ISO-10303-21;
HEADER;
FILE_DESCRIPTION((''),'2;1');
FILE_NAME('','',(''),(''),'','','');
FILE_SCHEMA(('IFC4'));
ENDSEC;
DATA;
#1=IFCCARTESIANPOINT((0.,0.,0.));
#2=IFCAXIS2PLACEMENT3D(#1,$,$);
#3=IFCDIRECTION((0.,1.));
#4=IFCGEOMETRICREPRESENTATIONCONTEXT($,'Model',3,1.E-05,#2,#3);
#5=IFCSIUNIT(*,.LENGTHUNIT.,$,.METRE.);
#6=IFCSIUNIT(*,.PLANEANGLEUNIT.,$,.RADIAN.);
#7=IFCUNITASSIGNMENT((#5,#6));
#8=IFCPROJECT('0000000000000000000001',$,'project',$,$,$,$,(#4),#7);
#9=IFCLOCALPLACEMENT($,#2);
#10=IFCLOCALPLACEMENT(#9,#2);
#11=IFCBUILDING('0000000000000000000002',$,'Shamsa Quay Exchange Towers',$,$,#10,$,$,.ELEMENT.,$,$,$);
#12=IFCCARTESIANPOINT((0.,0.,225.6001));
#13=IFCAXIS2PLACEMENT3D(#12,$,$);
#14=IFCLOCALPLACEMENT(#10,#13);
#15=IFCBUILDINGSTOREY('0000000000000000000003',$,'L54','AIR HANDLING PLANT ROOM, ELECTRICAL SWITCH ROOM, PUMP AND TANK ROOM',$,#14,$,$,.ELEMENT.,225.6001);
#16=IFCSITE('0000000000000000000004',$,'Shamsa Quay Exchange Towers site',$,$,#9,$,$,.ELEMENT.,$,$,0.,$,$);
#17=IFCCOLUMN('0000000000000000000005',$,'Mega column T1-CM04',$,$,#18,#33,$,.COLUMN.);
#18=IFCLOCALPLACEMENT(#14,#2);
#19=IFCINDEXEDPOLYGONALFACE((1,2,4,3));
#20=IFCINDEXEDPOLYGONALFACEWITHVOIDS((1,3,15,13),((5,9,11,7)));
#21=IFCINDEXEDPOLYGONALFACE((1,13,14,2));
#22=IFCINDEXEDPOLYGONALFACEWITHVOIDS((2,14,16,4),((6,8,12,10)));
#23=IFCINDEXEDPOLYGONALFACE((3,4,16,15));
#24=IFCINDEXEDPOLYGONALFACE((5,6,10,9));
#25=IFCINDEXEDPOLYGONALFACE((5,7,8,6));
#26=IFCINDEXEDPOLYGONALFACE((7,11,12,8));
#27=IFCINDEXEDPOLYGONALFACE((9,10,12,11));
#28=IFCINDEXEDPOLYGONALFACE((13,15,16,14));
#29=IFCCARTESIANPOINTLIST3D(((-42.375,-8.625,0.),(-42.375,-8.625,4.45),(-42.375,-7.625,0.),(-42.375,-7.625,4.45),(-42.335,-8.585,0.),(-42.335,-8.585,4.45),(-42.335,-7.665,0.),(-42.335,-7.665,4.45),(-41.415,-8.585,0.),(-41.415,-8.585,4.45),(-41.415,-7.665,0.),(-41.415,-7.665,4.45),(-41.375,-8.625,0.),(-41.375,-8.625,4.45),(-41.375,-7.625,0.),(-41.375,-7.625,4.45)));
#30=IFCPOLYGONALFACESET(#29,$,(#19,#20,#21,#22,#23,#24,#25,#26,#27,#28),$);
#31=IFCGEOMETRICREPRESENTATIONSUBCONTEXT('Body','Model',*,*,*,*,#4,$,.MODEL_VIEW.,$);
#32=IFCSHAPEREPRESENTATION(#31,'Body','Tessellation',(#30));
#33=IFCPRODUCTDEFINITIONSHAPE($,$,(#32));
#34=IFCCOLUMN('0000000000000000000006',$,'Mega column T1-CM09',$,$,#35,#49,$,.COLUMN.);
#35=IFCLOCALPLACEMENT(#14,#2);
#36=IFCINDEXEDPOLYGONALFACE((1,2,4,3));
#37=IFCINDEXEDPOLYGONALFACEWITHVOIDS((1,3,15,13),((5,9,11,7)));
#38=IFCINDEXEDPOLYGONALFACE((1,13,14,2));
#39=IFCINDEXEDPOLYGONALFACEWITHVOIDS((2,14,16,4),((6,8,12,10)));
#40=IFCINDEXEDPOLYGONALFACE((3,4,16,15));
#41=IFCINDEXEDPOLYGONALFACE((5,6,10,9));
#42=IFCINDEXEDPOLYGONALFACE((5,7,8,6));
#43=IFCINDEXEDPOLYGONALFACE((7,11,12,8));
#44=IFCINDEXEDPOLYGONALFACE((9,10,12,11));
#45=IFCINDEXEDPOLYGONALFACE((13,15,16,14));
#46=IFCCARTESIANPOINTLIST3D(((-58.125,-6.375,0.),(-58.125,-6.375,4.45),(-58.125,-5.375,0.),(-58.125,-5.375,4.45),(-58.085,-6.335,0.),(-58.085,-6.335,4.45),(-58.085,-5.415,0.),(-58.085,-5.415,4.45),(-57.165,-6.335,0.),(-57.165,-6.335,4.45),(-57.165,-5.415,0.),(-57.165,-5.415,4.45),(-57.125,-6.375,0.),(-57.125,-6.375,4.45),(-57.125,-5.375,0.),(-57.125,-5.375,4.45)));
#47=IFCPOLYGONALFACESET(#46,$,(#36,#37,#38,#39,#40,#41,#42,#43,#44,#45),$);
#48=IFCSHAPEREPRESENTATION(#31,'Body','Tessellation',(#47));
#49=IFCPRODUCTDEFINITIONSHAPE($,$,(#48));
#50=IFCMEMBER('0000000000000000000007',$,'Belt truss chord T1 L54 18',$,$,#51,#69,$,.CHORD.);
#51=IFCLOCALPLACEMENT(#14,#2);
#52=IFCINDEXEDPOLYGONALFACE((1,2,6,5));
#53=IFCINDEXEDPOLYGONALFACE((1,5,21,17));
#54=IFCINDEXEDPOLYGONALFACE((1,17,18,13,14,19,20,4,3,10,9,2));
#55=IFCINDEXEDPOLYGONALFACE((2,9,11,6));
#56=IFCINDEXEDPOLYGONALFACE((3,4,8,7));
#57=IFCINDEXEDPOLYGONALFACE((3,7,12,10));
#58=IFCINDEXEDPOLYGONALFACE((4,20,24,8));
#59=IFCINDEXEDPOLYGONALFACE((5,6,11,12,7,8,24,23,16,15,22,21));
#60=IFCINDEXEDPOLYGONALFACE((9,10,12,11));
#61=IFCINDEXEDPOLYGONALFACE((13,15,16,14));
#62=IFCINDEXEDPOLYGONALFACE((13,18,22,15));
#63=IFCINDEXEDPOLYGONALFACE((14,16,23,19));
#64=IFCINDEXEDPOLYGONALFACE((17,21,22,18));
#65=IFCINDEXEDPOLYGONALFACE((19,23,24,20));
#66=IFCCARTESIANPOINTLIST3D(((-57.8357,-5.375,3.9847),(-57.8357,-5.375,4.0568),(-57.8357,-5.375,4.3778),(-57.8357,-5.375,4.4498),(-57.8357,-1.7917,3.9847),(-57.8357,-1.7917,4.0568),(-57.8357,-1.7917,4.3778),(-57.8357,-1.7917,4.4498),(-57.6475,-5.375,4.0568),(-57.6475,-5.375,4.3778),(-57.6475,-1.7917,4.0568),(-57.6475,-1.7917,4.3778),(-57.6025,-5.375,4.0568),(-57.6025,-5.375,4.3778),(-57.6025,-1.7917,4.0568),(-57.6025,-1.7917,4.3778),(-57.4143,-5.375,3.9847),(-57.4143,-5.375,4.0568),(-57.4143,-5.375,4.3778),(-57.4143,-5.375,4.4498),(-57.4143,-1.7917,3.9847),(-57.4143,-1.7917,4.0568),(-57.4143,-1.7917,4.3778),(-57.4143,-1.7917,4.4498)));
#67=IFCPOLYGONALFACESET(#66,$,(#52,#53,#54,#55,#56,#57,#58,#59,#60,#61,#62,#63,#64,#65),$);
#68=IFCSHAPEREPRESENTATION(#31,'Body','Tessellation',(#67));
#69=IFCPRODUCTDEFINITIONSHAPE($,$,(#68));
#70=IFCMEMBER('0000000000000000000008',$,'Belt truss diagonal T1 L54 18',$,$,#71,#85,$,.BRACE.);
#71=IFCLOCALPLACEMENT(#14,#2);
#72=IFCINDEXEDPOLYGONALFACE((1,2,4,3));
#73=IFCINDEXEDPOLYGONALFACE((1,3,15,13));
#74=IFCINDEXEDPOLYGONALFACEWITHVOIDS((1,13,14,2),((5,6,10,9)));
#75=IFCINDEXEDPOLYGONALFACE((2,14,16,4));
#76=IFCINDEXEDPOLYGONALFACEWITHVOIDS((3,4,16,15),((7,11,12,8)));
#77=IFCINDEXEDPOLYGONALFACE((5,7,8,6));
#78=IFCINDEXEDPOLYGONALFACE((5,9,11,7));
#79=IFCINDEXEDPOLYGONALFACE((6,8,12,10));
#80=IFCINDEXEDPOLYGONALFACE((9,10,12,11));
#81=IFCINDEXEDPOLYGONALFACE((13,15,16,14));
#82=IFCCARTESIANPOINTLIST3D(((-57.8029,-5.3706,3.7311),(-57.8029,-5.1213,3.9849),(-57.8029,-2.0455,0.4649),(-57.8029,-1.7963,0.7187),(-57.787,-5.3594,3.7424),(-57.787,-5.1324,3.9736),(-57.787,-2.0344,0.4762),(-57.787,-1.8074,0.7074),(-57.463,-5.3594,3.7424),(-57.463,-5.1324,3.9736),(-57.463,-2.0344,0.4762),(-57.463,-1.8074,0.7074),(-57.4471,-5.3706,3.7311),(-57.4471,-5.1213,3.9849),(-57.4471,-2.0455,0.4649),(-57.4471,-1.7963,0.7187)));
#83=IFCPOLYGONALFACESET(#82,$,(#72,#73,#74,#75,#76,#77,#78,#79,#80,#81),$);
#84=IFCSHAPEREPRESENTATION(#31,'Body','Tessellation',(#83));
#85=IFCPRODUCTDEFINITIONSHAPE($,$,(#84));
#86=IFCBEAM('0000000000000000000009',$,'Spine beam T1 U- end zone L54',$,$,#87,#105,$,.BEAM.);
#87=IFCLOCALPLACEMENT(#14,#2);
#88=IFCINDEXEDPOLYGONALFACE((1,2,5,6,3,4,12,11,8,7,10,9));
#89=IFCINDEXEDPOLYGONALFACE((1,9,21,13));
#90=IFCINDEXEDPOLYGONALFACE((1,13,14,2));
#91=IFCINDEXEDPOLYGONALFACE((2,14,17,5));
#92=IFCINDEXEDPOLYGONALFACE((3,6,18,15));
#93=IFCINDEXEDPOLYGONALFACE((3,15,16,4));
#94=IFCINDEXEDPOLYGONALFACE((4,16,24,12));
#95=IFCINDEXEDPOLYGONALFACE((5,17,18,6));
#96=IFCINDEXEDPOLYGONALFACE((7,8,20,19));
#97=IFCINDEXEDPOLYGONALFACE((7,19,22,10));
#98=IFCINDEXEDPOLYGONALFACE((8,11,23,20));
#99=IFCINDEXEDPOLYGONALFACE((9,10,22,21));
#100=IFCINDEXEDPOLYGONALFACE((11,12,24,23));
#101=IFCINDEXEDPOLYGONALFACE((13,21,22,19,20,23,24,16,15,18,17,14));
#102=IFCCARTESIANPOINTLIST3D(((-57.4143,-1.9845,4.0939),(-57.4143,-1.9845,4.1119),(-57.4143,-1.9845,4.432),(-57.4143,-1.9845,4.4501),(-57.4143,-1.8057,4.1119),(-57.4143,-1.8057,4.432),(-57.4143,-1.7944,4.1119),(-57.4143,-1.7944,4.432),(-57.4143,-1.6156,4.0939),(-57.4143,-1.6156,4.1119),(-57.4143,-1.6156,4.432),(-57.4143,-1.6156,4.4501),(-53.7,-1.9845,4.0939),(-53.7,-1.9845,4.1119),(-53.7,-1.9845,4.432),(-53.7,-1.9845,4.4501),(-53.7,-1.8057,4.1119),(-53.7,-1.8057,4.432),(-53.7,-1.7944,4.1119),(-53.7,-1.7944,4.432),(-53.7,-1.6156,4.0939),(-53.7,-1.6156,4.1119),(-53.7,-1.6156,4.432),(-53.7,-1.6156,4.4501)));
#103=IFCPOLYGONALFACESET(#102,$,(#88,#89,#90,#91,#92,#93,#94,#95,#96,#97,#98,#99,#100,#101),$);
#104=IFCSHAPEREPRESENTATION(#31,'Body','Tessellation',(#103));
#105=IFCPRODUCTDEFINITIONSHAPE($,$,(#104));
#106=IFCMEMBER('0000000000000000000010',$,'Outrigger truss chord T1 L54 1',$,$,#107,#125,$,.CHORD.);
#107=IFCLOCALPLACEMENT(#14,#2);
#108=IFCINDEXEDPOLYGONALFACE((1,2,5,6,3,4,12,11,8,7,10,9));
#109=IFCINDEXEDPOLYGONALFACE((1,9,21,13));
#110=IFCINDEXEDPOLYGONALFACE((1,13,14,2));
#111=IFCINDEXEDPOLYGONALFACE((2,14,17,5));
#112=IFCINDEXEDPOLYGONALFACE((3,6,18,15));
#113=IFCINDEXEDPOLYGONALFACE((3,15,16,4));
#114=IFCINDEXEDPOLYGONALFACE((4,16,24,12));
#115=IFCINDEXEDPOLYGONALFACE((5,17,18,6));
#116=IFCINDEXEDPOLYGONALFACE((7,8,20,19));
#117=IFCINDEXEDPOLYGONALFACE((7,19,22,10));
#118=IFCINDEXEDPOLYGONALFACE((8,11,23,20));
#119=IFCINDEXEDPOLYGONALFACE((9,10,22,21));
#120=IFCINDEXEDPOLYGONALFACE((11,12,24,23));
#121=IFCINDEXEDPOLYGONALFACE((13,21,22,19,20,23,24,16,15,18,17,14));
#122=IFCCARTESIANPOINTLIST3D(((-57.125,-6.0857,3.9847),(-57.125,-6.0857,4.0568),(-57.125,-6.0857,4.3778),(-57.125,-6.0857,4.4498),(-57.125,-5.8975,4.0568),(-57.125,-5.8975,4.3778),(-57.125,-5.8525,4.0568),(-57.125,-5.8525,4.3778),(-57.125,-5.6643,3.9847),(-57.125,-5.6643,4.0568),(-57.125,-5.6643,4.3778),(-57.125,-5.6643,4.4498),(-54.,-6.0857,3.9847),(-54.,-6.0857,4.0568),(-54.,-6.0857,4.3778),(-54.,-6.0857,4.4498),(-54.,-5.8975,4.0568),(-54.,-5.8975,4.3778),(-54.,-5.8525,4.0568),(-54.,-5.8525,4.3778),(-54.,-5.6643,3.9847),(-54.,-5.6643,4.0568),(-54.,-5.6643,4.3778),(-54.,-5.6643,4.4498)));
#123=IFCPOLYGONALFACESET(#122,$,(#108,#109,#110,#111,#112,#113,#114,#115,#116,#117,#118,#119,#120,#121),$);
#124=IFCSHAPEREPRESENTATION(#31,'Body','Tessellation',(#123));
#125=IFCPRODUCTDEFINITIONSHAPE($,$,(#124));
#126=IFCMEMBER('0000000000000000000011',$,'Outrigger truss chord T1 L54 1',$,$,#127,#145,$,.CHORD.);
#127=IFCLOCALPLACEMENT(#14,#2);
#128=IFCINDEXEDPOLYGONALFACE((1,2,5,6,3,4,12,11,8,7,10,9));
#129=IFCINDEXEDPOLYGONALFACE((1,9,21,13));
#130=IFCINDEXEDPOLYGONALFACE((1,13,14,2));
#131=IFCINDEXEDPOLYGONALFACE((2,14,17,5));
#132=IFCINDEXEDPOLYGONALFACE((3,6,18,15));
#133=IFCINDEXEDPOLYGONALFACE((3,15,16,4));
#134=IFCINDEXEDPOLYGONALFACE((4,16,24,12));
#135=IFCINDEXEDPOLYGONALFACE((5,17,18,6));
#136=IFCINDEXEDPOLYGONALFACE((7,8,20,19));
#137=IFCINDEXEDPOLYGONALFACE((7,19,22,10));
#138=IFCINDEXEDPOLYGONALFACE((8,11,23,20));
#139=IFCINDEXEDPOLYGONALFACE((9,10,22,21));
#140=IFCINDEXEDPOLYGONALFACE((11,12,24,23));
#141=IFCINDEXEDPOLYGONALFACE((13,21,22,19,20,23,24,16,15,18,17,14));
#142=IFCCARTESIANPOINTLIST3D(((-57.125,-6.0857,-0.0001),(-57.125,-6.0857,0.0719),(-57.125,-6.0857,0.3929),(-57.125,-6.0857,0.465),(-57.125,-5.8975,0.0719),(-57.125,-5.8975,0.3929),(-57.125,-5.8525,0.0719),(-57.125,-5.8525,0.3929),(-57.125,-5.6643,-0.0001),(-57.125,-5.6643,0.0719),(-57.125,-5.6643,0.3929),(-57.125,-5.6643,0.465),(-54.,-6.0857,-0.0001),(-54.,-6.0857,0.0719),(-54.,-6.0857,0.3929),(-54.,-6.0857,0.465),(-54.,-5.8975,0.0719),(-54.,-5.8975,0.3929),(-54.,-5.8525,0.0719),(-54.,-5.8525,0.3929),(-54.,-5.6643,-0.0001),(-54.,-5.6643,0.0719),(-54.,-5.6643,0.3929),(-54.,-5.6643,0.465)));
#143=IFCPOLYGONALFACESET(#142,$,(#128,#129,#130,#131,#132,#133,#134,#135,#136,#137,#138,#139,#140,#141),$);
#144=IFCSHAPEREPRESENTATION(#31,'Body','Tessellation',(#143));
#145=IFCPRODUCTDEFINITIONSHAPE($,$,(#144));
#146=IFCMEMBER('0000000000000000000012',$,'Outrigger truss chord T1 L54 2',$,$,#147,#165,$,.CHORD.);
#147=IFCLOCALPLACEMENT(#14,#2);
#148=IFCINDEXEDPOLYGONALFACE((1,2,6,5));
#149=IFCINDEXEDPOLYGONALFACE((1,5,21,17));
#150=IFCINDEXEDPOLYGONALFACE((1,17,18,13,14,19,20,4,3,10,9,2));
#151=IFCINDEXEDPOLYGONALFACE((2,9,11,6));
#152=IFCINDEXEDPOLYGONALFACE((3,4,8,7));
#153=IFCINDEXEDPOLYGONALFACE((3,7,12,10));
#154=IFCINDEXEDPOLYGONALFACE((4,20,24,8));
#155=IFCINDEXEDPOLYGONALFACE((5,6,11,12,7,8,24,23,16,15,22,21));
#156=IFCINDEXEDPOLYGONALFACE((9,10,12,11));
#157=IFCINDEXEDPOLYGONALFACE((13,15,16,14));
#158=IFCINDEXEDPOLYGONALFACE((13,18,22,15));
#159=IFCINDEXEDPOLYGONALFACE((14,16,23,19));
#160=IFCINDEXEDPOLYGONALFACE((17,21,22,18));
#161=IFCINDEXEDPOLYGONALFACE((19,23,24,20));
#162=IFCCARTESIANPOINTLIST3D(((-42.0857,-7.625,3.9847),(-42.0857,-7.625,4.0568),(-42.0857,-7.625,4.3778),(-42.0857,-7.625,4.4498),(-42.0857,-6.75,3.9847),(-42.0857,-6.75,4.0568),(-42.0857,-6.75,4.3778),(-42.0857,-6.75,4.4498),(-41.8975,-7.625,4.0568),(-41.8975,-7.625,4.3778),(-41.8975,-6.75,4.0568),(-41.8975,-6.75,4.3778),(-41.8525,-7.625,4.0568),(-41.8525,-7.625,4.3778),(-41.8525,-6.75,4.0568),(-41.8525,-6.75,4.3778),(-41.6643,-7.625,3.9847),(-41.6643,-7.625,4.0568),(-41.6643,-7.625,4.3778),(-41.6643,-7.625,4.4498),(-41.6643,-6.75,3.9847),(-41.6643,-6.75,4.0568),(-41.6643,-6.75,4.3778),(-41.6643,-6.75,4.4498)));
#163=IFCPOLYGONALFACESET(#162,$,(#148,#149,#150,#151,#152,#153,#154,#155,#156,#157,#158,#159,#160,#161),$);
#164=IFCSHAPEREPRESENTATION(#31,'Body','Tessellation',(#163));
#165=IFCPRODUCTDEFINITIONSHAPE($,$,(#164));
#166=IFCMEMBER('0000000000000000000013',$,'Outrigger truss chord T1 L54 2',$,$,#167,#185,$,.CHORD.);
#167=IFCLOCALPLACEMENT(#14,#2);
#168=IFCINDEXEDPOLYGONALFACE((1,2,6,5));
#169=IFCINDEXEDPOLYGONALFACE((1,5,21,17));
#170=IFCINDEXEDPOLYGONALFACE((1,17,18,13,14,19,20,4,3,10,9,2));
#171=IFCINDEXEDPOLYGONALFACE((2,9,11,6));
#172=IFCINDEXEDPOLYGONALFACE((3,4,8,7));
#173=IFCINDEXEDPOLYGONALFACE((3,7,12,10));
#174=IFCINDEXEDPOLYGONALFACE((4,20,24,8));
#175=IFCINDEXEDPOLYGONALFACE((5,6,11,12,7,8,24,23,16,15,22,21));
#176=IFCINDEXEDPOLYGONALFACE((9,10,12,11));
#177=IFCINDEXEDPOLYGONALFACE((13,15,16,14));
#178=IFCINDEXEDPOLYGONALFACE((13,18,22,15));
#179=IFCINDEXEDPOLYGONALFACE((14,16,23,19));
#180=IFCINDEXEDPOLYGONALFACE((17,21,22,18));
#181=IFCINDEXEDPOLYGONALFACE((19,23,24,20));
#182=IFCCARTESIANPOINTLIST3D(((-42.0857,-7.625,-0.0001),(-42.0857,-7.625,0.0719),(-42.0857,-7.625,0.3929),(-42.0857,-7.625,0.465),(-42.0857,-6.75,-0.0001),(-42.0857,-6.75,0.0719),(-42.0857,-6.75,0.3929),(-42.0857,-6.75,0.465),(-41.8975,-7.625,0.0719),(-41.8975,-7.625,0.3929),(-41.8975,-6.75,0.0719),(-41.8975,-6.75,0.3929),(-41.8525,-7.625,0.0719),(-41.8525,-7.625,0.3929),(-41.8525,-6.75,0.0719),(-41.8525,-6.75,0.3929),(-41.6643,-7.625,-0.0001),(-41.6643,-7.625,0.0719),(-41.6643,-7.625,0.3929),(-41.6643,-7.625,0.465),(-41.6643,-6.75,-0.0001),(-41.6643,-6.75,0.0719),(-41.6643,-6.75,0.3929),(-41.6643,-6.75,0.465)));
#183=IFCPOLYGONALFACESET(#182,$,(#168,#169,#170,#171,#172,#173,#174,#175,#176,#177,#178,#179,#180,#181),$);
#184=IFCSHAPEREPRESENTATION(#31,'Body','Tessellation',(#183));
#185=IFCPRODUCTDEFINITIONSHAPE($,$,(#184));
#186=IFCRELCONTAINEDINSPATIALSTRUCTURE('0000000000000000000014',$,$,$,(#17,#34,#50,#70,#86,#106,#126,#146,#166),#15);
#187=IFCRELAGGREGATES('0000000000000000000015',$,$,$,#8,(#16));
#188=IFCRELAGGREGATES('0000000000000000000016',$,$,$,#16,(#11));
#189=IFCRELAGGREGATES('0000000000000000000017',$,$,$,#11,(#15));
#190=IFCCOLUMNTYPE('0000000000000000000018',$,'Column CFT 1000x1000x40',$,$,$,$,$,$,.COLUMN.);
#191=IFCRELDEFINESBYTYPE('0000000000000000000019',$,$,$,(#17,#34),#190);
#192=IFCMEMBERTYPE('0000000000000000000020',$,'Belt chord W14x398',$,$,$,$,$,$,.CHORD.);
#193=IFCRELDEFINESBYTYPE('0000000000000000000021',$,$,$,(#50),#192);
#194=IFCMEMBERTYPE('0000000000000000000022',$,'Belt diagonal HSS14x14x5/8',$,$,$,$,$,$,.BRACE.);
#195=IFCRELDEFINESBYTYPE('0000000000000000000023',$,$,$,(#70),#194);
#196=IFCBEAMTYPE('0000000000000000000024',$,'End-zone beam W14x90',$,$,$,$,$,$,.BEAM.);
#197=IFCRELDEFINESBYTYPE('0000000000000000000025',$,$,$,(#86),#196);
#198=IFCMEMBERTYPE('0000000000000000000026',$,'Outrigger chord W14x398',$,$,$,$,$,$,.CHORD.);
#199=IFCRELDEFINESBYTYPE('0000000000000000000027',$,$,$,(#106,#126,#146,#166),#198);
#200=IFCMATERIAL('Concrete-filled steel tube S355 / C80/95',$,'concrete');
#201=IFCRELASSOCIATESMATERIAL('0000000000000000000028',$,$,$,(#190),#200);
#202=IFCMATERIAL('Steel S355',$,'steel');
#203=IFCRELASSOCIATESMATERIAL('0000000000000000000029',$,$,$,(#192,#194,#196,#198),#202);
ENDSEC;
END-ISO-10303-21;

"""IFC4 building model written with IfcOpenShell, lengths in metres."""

from ifc_helpers import new_model, si_unit, direction, frame, origin, origin_2d, place, context, subcontext, project, spatial, hollow_rectangle, i_section, extrude, material, material_profile, profile_set, type_object, element, save


model = new_model("IFC4")

# Units and contexts
model_context = context("Model", 3, precision=1e-05, world=origin(), true_north=direction((0.0, 1.0)))
body_context = subcontext(model_context, "Body", "Model", "MODEL_VIEW")
ifc_project = project(units=[si_unit("LENGTHUNIT", "METRE"), si_unit("PLANEANGLEUNIT", "RADIAN")], contexts=[model_context])

# Site, building, storey
site_placement = place(None, origin())
site = spatial("IfcSite", under=ifc_project, at=site_placement, Name="Shamsa Quay Exchange Towers site", CompositionType="ELEMENT", RefElevation=0.0)
building_placement = place(site_placement, origin())
building = spatial("IfcBuilding", under=site, at=building_placement, Name="Shamsa Quay Exchange Towers", CompositionType="ELEMENT")
storey_placement = place(building_placement, frame((0.0, 0.0, 225.6001)))
storey = spatial("IfcBuildingStorey", under=building, at=storey_placement, Name="L54", Description="AIR HANDLING PLANT ROOM, ELECTRICAL SWITCH ROOM, PUMP AND TANK ROOM", CompositionType="ELEMENT", Elevation=225.6001)

# Columns
ifc_material_1 = material(Name="Concrete-filled steel tube S355 / C80/95", Category="concrete")
ifc_material_profile_1 = material_profile(ifc_material_1, hollow_rectangle(XDim=1.0, YDim=1.0, WallThickness=0.04, at=origin_2d()), Name="CFT 1000x1000x40")
ifc_profile_set_1 = profile_set([ifc_material_profile_1], Name="Concrete-filled steel tube S355 / C80/95")
column_type = type_object("IfcColumnType", Name="Column CFT 1000x1000x40", PredefinedType="COLUMN", material=ifc_profile_set_1)
for number, where, name in (
    (1, (-41.875, -8.125, 0.0), "Mega column T1-CM04"),
    (2, (-57.625, -5.875, 0.0), "Mega column T1-CM09"),
):
    element("IfcColumn", number, at=place(storey_placement, frame(where)), inside=storey, type_object=column_type, Name=name, PredefinedType="COLUMN", context=body_context, shape_type="SweptSolid", body=[
        extrude(hollow_rectangle(XDim=1.0, YDim=1.0, WallThickness=0.04, at=origin_2d()), origin(), (0.0, 0.0, 1.0), 4.45),
    ])

# Members
ifc_material_2 = material(Name="Steel S355", Category="steel")
ifc_material_profile_2 = material_profile(ifc_material_2, i_section(OverallWidth=0.4214, OverallDepth=0.4651, WebThickness=0.0449, FlangeThickness=0.072, at=origin_2d()), Name="W14x398")
ifc_profile_set_2 = profile_set([ifc_material_profile_2], Name="Steel S355")
member_type_1 = type_object("IfcMemberType", Name="Belt chord W14x398", PredefinedType="CHORD", material=ifc_profile_set_2)
member_1_placement = place(storey_placement, frame((-57.625, -1.7917, 4.2173), z_axis=(0.0, -1.0, 0.0), x_axis=(1.0, 0.0, 0.0)))
element("IfcMember", 3, at=member_1_placement, inside=storey, type_object=member_type_1, Name="Belt truss chord T1 L54 18", PredefinedType="CHORD", context=body_context, shape_type="SweptSolid", body=[
    extrude(i_section(OverallWidth=0.4214, OverallDepth=0.4651, WebThickness=0.0449, FlangeThickness=0.072, at=origin_2d()), origin(), (0.0, 0.0, 1.0), 3.5833),
])
ifc_material_profile_3 = material_profile(ifc_material_2, hollow_rectangle(XDim=0.3557, YDim=0.3557, WallThickness=0.0159, at=origin_2d()), Name="HSS14x14x5/8")
ifc_profile_set_3 = profile_set([ifc_material_profile_3], Name="Steel S355")
member_type_2 = type_object("IfcMemberType", Name="Belt diagonal HSS14x14x5/8", PredefinedType="BRACE", material=ifc_profile_set_3)
member_2_placement = place(storey_placement, frame((-57.625, -1.9209, 0.5918), z_axis=(0.0, -0.713391, 0.700767), x_axis=(1.0, 0.0, 0.0)))
element("IfcMember", 4, at=member_2_placement, inside=storey, type_object=member_type_2, Name="Belt truss diagonal T1 L54 18", PredefinedType="BRACE", context=body_context, shape_type="SweptSolid", body=[
    extrude(hollow_rectangle(XDim=0.3557, YDim=0.3557, WallThickness=0.0159, at=origin_2d()), origin(), (0.0, 0.0, 1.0), 4.6609),
])

# Beam
ifc_material_profile_4 = material_profile(ifc_material_2, i_section(OverallWidth=0.3689, OverallDepth=0.3562, WebThickness=0.0112, FlangeThickness=0.0181, at=origin_2d()), Name="W14x90")
ifc_profile_set_4 = profile_set([ifc_material_profile_4], Name="Steel S355")
beam_type = type_object("IfcBeamType", Name="End-zone beam W14x90", PredefinedType="BEAM", material=ifc_profile_set_4)
beam_placement = place(storey_placement, frame((-53.7, -1.8, 4.272), z_axis=(-1.0, 0.0, 0.0), x_axis=(0.0, -1.0, 0.0)))
element("IfcBeam", 5, at=beam_placement, inside=storey, type_object=beam_type, Name="Spine beam T1 U- end zone L54", PredefinedType="BEAM", context=body_context, shape_type="SweptSolid", body=[
    extrude(i_section(OverallWidth=0.3689, OverallDepth=0.3562, WebThickness=0.0112, FlangeThickness=0.0181, at=origin_2d()), origin(), (0.0, 0.0, 1.0), 3.7144),
])

# Members
ifc_material_profile_5 = material_profile(ifc_material_2, i_section(OverallWidth=0.4214, OverallDepth=0.4651, WebThickness=0.0449, FlangeThickness=0.072, at=origin_2d()), Name="W14x398")
ifc_profile_set_5 = profile_set([ifc_material_profile_5], Name="Steel S355")
member_type_3 = type_object("IfcMemberType", Name="Outrigger chord W14x398", PredefinedType="CHORD", material=ifc_profile_set_5)
for number, where, z_axis, x_axis, name in (
    (6, (-57.125, -5.875, 4.2173), (1.0, 0.0, 0.0), (0.0, 1.0, 0.0), "Outrigger truss chord T1 L54 1"),
    (7, (-57.125, -5.875, 0.2324), (1.0, 0.0, 0.0), (0.0, 1.0, 0.0), "Outrigger truss chord T1 L54 1"),
):
    element("IfcMember", number, at=place(storey_placement, frame(where, z_axis=z_axis, x_axis=x_axis)), inside=storey, type_object=member_type_3, Name=name, PredefinedType="CHORD", context=body_context, shape_type="SweptSolid", body=[
        extrude(i_section(OverallWidth=0.4214, OverallDepth=0.4651, WebThickness=0.0449, FlangeThickness=0.072, at=origin_2d()), origin(), (0.0, 0.0, 1.0), 3.125),
    ])
for number, where, z_axis, x_axis, name in (
    (8, (-41.875, -7.625, 4.2173), (0.0, 1.0, 0.0), (-1.0, 0.0, 0.0), "Outrigger truss chord T1 L54 2"),
    (9, (-41.875, -7.625, 0.2324), (0.0, 1.0, 0.0), (-1.0, 0.0, 0.0), "Outrigger truss chord T1 L54 2"),
):
    element("IfcMember", number, at=place(storey_placement, frame(where, z_axis=z_axis, x_axis=x_axis)), inside=storey, type_object=member_type_3, Name=name, PredefinedType="CHORD", context=body_context, shape_type="SweptSolid", body=[
        extrude(i_section(OverallWidth=0.4214, OverallDepth=0.4651, WebThickness=0.0449, FlangeThickness=0.072, at=origin_2d()), origin(), (0.0, 0.0, 1.0), 0.875),
    ])

save(model, "model.ifc")
